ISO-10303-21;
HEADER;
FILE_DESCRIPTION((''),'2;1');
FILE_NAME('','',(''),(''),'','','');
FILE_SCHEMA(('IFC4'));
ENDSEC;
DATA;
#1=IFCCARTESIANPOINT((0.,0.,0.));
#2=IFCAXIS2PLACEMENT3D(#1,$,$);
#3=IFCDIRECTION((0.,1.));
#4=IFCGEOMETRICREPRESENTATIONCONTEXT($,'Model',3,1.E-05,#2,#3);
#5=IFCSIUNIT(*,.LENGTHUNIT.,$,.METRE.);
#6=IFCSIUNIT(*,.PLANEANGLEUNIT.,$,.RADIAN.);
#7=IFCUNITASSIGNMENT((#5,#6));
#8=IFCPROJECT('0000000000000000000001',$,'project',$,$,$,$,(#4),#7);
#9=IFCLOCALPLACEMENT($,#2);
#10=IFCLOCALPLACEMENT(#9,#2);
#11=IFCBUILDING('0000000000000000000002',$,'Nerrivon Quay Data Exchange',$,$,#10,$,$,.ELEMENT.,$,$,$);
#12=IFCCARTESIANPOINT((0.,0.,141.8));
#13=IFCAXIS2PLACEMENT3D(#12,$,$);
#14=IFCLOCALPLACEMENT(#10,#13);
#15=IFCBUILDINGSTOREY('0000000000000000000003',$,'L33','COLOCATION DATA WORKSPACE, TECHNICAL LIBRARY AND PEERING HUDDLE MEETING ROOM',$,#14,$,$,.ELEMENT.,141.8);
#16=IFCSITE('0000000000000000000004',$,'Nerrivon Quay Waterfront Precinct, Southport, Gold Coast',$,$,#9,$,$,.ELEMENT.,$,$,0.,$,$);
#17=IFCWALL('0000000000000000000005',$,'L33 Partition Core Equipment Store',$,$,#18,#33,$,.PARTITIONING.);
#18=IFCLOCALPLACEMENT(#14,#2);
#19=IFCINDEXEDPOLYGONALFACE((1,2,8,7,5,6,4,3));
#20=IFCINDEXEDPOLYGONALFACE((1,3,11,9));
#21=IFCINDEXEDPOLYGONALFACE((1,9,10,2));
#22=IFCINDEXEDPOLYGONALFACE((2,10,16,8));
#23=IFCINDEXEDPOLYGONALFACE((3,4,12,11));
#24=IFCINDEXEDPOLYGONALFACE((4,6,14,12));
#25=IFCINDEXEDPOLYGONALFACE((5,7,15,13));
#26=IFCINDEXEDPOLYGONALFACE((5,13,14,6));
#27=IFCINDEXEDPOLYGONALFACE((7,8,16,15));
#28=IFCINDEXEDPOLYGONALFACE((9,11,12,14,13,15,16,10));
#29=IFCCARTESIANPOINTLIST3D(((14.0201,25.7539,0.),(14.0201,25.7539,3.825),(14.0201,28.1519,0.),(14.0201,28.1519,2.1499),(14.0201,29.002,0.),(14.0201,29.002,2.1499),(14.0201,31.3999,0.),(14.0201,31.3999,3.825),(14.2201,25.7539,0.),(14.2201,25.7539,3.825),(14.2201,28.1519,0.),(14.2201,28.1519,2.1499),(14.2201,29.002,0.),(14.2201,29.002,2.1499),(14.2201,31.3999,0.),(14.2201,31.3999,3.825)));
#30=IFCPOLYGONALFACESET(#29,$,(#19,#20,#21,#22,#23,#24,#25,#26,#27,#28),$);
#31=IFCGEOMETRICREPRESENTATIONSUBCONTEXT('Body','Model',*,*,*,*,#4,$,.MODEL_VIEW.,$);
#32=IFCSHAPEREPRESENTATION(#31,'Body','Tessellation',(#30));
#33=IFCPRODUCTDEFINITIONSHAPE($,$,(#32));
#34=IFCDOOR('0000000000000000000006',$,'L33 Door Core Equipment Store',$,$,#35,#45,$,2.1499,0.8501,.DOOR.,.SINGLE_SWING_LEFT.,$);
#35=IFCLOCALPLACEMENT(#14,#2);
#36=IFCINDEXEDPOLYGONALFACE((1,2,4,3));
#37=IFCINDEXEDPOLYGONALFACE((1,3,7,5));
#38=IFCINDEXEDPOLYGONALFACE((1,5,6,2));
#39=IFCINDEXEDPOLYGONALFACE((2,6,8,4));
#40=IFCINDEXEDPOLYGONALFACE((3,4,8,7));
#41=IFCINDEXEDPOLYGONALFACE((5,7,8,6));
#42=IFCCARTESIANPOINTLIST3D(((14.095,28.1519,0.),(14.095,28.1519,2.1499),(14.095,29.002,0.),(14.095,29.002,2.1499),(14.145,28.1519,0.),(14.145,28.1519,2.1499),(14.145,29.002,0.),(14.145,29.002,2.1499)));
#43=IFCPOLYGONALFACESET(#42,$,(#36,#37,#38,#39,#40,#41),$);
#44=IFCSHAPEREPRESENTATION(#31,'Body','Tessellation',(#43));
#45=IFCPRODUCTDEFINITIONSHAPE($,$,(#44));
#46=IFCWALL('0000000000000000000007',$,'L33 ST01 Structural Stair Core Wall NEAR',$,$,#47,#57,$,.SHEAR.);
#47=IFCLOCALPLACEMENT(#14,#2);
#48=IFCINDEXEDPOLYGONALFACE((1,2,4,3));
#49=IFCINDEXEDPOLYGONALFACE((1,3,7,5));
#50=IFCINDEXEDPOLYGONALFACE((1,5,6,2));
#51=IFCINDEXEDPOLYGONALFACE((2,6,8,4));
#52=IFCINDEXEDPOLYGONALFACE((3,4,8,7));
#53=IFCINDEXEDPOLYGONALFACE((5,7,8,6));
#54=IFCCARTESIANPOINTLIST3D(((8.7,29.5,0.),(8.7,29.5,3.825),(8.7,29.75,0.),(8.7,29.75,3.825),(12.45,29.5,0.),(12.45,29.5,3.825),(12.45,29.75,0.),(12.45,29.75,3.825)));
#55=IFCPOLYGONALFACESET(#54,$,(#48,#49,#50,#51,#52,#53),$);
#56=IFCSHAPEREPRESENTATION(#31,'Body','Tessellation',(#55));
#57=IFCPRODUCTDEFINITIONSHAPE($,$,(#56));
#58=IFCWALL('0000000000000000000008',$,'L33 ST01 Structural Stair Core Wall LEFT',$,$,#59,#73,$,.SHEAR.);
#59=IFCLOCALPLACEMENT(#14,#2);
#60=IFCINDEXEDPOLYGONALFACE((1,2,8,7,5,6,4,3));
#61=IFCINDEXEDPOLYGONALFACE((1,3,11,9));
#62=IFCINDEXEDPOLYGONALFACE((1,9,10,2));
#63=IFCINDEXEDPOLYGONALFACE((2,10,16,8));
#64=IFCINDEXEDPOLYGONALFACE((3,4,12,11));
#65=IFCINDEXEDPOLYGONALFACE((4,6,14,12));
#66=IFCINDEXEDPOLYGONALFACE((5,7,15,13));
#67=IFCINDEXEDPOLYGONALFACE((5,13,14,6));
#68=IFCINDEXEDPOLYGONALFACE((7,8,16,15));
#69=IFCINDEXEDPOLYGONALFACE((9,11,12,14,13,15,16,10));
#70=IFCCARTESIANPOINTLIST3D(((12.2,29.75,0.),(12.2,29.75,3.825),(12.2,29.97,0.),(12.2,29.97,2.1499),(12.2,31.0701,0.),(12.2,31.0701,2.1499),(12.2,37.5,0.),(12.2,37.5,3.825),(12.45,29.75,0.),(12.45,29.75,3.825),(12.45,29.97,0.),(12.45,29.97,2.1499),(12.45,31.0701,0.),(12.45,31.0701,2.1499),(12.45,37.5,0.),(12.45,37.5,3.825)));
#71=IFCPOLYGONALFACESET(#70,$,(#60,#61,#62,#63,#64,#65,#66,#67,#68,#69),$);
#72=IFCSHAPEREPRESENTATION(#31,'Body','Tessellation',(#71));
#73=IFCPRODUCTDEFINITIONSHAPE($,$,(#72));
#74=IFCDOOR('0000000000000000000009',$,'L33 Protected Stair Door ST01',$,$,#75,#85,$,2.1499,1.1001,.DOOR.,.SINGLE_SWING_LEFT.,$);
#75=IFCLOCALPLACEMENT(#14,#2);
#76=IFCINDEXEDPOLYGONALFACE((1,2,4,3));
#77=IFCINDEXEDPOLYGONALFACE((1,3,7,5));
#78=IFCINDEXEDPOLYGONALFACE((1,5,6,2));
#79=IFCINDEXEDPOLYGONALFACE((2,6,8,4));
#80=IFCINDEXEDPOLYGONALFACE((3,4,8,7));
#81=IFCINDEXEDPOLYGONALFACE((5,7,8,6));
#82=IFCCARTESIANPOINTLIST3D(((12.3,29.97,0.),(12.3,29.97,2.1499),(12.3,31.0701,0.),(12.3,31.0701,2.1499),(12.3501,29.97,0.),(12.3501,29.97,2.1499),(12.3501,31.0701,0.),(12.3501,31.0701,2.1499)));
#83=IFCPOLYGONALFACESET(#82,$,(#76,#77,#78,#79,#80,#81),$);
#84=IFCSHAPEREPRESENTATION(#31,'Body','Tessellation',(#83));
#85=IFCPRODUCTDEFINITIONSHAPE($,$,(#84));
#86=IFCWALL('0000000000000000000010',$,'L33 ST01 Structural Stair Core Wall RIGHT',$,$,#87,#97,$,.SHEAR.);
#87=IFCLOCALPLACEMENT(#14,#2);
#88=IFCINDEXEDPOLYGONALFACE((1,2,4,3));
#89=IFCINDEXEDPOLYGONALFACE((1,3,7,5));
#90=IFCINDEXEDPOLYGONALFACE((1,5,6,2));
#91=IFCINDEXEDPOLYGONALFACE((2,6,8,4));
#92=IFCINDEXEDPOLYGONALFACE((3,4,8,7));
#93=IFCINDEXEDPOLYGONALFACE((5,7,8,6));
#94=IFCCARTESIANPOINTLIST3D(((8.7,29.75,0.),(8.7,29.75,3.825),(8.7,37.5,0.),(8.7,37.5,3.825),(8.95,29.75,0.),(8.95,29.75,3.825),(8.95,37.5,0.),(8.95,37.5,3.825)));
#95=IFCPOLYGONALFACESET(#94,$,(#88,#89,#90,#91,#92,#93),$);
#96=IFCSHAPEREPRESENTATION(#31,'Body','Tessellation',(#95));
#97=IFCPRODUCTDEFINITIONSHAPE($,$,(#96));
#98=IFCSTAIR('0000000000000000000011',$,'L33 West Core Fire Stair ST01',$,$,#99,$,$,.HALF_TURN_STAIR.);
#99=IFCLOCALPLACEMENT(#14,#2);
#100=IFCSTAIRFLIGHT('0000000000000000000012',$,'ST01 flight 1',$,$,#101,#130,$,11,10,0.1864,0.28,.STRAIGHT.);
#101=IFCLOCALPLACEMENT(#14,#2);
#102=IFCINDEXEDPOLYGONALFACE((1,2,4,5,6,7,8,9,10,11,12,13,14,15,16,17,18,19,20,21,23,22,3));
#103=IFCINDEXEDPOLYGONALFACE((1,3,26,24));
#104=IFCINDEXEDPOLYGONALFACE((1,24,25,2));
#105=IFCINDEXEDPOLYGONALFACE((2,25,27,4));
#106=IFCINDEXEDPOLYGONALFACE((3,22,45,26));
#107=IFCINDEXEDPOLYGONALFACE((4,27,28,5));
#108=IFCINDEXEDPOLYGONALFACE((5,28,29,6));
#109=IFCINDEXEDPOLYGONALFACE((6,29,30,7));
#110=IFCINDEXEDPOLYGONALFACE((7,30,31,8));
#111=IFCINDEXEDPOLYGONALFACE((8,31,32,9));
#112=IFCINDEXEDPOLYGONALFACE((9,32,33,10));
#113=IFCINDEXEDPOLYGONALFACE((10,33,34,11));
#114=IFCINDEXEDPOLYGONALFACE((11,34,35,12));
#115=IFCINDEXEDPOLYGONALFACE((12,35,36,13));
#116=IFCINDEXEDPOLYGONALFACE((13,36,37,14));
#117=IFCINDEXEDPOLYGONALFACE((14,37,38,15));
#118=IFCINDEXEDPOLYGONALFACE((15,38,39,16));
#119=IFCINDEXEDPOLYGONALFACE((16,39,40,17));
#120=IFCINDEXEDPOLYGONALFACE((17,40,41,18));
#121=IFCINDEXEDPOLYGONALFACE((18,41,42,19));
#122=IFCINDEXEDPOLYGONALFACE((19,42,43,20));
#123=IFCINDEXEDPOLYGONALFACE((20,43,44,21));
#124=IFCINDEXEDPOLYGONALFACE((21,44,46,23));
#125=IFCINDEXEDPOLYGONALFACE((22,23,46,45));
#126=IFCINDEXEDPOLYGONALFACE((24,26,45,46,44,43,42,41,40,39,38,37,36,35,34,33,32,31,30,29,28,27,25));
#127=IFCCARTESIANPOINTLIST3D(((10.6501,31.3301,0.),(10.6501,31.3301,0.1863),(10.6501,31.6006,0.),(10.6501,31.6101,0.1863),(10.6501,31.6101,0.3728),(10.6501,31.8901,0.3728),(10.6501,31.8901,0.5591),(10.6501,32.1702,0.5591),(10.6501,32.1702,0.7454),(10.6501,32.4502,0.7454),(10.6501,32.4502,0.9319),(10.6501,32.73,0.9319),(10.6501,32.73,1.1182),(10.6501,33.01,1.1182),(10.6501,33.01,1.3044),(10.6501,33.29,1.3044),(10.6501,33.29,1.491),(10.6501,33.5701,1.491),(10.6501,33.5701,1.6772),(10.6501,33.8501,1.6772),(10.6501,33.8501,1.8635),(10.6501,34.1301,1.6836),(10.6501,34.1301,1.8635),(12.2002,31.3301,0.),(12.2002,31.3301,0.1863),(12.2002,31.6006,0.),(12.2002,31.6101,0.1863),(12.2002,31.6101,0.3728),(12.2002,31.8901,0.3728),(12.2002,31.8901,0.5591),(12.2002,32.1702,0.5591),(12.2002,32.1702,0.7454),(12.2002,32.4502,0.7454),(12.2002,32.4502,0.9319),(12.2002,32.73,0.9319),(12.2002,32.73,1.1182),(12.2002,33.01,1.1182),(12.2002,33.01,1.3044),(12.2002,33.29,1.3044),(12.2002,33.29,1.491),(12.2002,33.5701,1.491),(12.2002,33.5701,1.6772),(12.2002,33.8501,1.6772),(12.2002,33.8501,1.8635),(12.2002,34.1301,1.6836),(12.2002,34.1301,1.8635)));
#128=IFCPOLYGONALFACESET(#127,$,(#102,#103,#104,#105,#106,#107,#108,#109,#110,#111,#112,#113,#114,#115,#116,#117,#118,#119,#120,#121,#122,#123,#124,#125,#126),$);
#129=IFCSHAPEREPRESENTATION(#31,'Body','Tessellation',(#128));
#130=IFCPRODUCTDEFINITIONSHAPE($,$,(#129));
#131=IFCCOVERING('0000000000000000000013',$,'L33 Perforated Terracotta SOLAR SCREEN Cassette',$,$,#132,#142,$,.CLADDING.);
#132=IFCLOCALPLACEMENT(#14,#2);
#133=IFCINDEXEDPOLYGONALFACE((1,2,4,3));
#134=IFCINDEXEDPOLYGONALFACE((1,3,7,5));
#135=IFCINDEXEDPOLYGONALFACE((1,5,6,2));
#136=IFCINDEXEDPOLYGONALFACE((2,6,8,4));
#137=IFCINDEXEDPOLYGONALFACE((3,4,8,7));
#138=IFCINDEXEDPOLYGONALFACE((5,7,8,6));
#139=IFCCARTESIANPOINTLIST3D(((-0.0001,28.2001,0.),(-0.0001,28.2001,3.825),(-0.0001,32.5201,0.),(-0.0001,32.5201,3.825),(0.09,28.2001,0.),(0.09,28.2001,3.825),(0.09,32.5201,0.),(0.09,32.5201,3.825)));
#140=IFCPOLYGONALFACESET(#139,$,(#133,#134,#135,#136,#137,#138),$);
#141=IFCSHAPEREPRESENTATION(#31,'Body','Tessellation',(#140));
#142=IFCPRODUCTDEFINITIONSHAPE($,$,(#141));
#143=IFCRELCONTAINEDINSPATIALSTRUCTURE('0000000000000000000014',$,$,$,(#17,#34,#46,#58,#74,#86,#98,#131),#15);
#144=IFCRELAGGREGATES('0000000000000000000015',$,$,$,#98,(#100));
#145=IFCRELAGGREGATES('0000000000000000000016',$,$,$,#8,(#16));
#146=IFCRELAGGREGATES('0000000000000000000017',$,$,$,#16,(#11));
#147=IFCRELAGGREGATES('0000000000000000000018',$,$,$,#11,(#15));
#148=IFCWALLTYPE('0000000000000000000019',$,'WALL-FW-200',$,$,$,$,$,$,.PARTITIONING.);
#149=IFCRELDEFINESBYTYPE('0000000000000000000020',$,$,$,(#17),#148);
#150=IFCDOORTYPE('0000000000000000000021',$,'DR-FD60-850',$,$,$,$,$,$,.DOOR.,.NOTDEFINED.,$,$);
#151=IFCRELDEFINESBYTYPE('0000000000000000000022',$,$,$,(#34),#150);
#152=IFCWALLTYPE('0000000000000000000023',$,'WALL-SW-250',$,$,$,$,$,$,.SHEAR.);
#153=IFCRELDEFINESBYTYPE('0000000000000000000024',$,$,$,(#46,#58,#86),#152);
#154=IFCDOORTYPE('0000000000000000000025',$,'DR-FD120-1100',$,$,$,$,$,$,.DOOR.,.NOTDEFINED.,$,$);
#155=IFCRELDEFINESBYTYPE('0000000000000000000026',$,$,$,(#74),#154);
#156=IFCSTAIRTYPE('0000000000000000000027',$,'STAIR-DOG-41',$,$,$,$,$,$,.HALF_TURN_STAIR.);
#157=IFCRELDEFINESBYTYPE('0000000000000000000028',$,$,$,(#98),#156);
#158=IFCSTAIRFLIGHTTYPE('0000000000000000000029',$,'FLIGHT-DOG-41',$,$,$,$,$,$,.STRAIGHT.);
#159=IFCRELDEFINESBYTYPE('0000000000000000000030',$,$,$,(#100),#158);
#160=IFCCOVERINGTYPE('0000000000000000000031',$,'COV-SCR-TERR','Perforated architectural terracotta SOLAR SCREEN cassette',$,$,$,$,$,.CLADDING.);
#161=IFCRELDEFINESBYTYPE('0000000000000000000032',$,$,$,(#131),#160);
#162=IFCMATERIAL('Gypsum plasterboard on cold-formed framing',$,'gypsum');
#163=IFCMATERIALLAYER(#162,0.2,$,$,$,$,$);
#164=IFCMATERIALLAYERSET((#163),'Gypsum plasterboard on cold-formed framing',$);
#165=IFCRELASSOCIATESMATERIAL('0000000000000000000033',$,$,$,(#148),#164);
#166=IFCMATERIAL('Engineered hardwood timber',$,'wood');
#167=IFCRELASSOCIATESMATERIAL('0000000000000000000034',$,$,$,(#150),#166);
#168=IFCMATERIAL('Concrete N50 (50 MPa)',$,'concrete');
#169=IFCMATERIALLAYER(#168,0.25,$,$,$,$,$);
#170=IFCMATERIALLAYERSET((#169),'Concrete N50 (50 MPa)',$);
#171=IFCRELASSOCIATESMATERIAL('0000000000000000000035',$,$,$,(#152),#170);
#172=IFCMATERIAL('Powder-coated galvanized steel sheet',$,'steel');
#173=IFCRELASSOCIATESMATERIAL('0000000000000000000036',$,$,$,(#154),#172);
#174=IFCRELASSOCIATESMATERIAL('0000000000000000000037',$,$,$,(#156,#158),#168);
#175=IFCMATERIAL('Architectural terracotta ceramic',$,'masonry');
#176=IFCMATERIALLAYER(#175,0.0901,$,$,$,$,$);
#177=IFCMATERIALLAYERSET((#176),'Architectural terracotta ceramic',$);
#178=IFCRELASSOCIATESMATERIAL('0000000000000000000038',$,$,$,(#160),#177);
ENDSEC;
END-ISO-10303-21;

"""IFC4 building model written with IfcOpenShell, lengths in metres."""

from ifc_helpers import new_model, si_unit, direction, frame, frame_2d, origin, origin_2d, place, context, subcontext, project, spatial, polyline, rectangle, outline, extrude, material, layer, layer_set, type_object, element, fill, aggregate, save


model = new_model("IFC4")

# Units and contexts
model_context = context("Model", 3, precision=1e-05, world=origin(), true_north=direction((0.0, 1.0)))
body_context = subcontext(model_context, "Body", "Model", "MODEL_VIEW")
ifc_project = project(units=[si_unit("LENGTHUNIT", "METRE"), si_unit("PLANEANGLEUNIT", "RADIAN")], contexts=[model_context])

# Site, building, storey
site_placement = place(None, origin())
site = spatial("IfcSite", under=ifc_project, at=site_placement, Name="Nerrivon Quay Waterfront Precinct, Southport, Gold Coast", CompositionType="ELEMENT", RefElevation=0.0)
building_placement = place(site_placement, origin())
building = spatial("IfcBuilding", under=site, at=building_placement, Name="Nerrivon Quay Data Exchange", CompositionType="ELEMENT")
storey_placement = place(building_placement, frame((0.0, 0.0, 141.8)))
storey = spatial("IfcBuildingStorey", under=building, at=storey_placement, Name="L33", Description="COLOCATION DATA WORKSPACE, TECHNICAL LIBRARY AND PEERING HUDDLE MEETING ROOM", CompositionType="ELEMENT", Elevation=141.8)

# Shared definitions
ifc_material_1 = material(Name="Gypsum plasterboard on cold-formed framing", Category="gypsum")
ifc_layer_1 = layer(ifc_material_1, 0.2)
ifc_layer_set_1 = layer_set([ifc_layer_1], Name="Gypsum plasterboard on cold-formed framing")
wall_type_1 = type_object("IfcWallType", Name="WALL-FW-200", PredefinedType="PARTITIONING", material=ifc_layer_set_1)
ifc_material_2 = material(Name="Powder-coated galvanized steel sheet", Category="steel")

# Wall, opening, door
wall_1_placement = place(storey_placement, frame((14.1201, 31.3999, 0.0), z_axis=(0.0, 0.0, 1.0), x_axis=(0.0, -1.0, 0.0)))
wall_1 = element("IfcWall", 1, at=wall_1_placement, inside=storey, type_object=wall_type_1, Name="L33 Partition Core Equipment Store", PredefinedType="PARTITIONING", context=body_context, shape_type="SweptSolid", body=[
    extrude(rectangle(XDim=5.646, YDim=0.2, at=frame_2d((2.823, 0.0))), origin(), (0.0, 0.0, 1.0), 3.825),
])
opening_1_placement = place(wall_1_placement, frame((2.3979, 0.0, 0.0)))
opening_1 = element("IfcOpeningElement", 2, at=opening_1_placement, cuts=wall_1, PredefinedType="OPENING", context=body_context, shape_type="SweptSolid", body=[
    extrude(rectangle(XDim=0.8501, YDim=2.1499, at=frame_2d((0.425, 1.075))), frame((0.0, 0.1099, 0.0), z_axis=(0.0, -1.0, 0.0), x_axis=(1.0, 0.0, 0.0)), (0.0, 0.0, 1.0), 0.22),
])
ifc_material_3 = material(Name="Engineered hardwood timber", Category="wood")
door_type_1 = type_object("IfcDoorType", Name="DR-FD60-850", OperationType="NOTDEFINED", PredefinedType="DOOR", material=ifc_material_3)
door_1_placement = place(opening_1_placement, origin())
door_1 = element("IfcDoor", 3, at=door_1_placement, inside=storey, type_object=door_type_1, Name="L33 Door Core Equipment Store", OperationType="SINGLE_SWING_LEFT", OverallHeight=2.1499, OverallWidth=0.8501, PredefinedType="DOOR", context=body_context, shape_type="SweptSolid", body=[
    extrude(rectangle(XDim=0.8501, YDim=2.1499, at=frame_2d((0.425, 1.075))), frame((0.0, 0.0249, 0.0), z_axis=(0.0, -1.0, 0.0), x_axis=(1.0, 0.0, 0.0)), (0.0, 0.0, 1.0), 0.05),
])
fill(opening_1, door_1)

# Wall
ifc_material_4 = material(Name="Concrete N50 (50 MPa)", Category="concrete")
ifc_layer_2 = layer(ifc_material_4, 0.25)
ifc_layer_set_2 = layer_set([ifc_layer_2], Name="Concrete N50 (50 MPa)")
wall_type_2 = type_object("IfcWallType", Name="WALL-SW-250", PredefinedType="SHEAR", material=ifc_layer_set_2)
wall_2_placement = place(storey_placement, frame((12.45, 29.625, 0.0), z_axis=(0.0, 0.0, 1.0), x_axis=(-1.0, 0.0, 0.0)))
element("IfcWall", 4, at=wall_2_placement, inside=storey, type_object=wall_type_2, Name="L33 ST01 Structural Stair Core Wall NEAR", PredefinedType="SHEAR", context=body_context, shape_type="SweptSolid", body=[
    extrude(rectangle(XDim=3.75, YDim=0.25, at=frame_2d((1.875, 0.0))), origin(), (0.0, 0.0, 1.0), 3.825),
])

# Wall, opening, door
wall_3_placement = place(storey_placement, frame((12.325, 29.75, 0.0), z_axis=(0.0, 0.0, 1.0), x_axis=(0.0, 1.0, 0.0)))
wall_3 = element("IfcWall", 5, at=wall_3_placement, inside=storey, type_object=wall_type_2, Name="L33 ST01 Structural Stair Core Wall LEFT", PredefinedType="SHEAR", context=body_context, shape_type="SweptSolid", body=[
    extrude(rectangle(XDim=7.75, YDim=0.25, at=frame_2d((3.875, 0.0))), origin(), (0.0, 0.0, 1.0), 3.825),
])
opening_2_placement = place(wall_3_placement, frame((0.22, 0.0, 0.0)))
opening_2 = element("IfcOpeningElement", 6, at=opening_2_placement, cuts=wall_3, PredefinedType="OPENING", context=body_context, shape_type="SweptSolid", body=[
    extrude(rectangle(XDim=1.1001, YDim=2.1499, at=frame_2d((0.55, 1.075))), frame((0.0, 0.135, 0.0), z_axis=(0.0, -1.0, 0.0), x_axis=(1.0, 0.0, 0.0)), (0.0, 0.0, 1.0), 0.27),
])
door_type_2 = type_object("IfcDoorType", Name="DR-FD120-1100", OperationType="NOTDEFINED", PredefinedType="DOOR", material=ifc_material_2)
door_2_placement = place(opening_2_placement, origin())
door_2 = element("IfcDoor", 7, at=door_2_placement, inside=storey, type_object=door_type_2, Name="L33 Protected Stair Door ST01", OperationType="SINGLE_SWING_LEFT", OverallHeight=2.1499, OverallWidth=1.1001, PredefinedType="DOOR", context=body_context, shape_type="SweptSolid", body=[
    extrude(rectangle(XDim=1.1001, YDim=2.1499, at=frame_2d((0.55, 1.075))), frame((0.0, 0.0249, 0.0), z_axis=(0.0, -1.0, 0.0), x_axis=(1.0, 0.0, 0.0)), (0.0, 0.0, 1.0), 0.05),
])
fill(opening_2, door_2)

# Wall
wall_4_placement = place(storey_placement, frame((8.825, 29.75, 0.0), z_axis=(0.0, 0.0, 1.0), x_axis=(0.0, 1.0, 0.0)))
element("IfcWall", 8, at=wall_4_placement, inside=storey, type_object=wall_type_2, Name="L33 ST01 Structural Stair Core Wall RIGHT", PredefinedType="SHEAR", context=body_context, shape_type="SweptSolid", body=[
    extrude(rectangle(XDim=7.75, YDim=0.25, at=frame_2d((3.875, 0.0))), origin(), (0.0, 0.0, 1.0), 3.825),
])

# Stair, stair flight
stair_type = type_object("IfcStairType", Name="STAIR-DOG-41", PredefinedType="HALF_TURN_STAIR", material=ifc_material_4)
stair_placement = place(storey_placement, origin())
stair = element("IfcStair", 9, at=stair_placement, inside=storey, type_object=stair_type, Name="L33 West Core Fire Stair ST01", PredefinedType="HALF_TURN_STAIR")
stair_flight_type = type_object("IfcStairFlightType", Name="FLIGHT-DOG-41", PredefinedType="STRAIGHT", material=ifc_material_4)
stair_flight_placement = place(storey_placement, frame((11.425, 31.3301, 0.0), z_axis=(0.0, 0.0, 1.0), x_axis=(0.0, 1.0, 0.0)))
stair_flight = element("IfcStairFlight", 10, at=stair_flight_placement, type_object=stair_flight_type, Name="ST01 flight 1", NumberOfRisers=11, NumberOfTreads=10, PredefinedType="STRAIGHT", RiserHeight=0.1864, TreadLength=0.28, context=body_context, shape_type="SweptSolid", body=[
    extrude(outline(polyline([(0.0, 0.0), (0.0, 0.1863), (0.28, 0.1863), (0.28, 0.3728), (0.5601, 0.3728), (0.5601, 0.5591), (0.8401, 0.5591), (0.8401, 0.7454), (1.1201, 0.7454), (1.1201, 0.9319), (1.3999, 0.9319), (1.3999, 1.1182), (1.6799, 1.1182), (1.6799, 1.3044), (1.96, 1.3044), (1.96, 1.491), (2.24, 1.491), (2.24, 1.6772), (2.52, 1.6772), (2.52, 1.8635), (2.8, 1.8635), (2.8, 2.05), (2.8, 1.6836), (0.2705, 0.0), (0.0, 0.0)])), frame((0.0, 0.7749, 0.0), z_axis=(0.0, -1.0, 0.0), x_axis=(1.0, 0.0, 0.0)), (0.0, 0.0, 1.0), 1.55),
])
aggregate(stair, [stair_flight])

# Covering
ifc_material_5 = material(Name="Architectural terracotta ceramic", Category="masonry")
ifc_layer_3 = layer(ifc_material_5, 0.0901)
ifc_layer_set_3 = layer_set([ifc_layer_3], Name="Architectural terracotta ceramic")
covering_type = type_object("IfcCoveringType", Name="COV-SCR-TERR", Description="Perforated architectural terracotta SOLAR SCREEN cassette", PredefinedType="CLADDING", material=ifc_layer_set_3)
covering_placement = place(storey_placement, frame((0.0449, 30.3601, 0.0), z_axis=(0.0, 0.0, 1.0), x_axis=(0.0, 1.0, 0.0)))
element("IfcCovering", 11, at=covering_placement, inside=storey, type_object=covering_type, Name="L33 Perforated Terracotta SOLAR SCREEN Cassette", PredefinedType="CLADDING", context=body_context, shape_type="SweptSolid", body=[
    extrude(rectangle(XDim=4.3201, YDim=0.0901, at=origin_2d()), origin(), (0.0, 0.0, 1.0), 3.825),
])

save(model, "model.ifc")
